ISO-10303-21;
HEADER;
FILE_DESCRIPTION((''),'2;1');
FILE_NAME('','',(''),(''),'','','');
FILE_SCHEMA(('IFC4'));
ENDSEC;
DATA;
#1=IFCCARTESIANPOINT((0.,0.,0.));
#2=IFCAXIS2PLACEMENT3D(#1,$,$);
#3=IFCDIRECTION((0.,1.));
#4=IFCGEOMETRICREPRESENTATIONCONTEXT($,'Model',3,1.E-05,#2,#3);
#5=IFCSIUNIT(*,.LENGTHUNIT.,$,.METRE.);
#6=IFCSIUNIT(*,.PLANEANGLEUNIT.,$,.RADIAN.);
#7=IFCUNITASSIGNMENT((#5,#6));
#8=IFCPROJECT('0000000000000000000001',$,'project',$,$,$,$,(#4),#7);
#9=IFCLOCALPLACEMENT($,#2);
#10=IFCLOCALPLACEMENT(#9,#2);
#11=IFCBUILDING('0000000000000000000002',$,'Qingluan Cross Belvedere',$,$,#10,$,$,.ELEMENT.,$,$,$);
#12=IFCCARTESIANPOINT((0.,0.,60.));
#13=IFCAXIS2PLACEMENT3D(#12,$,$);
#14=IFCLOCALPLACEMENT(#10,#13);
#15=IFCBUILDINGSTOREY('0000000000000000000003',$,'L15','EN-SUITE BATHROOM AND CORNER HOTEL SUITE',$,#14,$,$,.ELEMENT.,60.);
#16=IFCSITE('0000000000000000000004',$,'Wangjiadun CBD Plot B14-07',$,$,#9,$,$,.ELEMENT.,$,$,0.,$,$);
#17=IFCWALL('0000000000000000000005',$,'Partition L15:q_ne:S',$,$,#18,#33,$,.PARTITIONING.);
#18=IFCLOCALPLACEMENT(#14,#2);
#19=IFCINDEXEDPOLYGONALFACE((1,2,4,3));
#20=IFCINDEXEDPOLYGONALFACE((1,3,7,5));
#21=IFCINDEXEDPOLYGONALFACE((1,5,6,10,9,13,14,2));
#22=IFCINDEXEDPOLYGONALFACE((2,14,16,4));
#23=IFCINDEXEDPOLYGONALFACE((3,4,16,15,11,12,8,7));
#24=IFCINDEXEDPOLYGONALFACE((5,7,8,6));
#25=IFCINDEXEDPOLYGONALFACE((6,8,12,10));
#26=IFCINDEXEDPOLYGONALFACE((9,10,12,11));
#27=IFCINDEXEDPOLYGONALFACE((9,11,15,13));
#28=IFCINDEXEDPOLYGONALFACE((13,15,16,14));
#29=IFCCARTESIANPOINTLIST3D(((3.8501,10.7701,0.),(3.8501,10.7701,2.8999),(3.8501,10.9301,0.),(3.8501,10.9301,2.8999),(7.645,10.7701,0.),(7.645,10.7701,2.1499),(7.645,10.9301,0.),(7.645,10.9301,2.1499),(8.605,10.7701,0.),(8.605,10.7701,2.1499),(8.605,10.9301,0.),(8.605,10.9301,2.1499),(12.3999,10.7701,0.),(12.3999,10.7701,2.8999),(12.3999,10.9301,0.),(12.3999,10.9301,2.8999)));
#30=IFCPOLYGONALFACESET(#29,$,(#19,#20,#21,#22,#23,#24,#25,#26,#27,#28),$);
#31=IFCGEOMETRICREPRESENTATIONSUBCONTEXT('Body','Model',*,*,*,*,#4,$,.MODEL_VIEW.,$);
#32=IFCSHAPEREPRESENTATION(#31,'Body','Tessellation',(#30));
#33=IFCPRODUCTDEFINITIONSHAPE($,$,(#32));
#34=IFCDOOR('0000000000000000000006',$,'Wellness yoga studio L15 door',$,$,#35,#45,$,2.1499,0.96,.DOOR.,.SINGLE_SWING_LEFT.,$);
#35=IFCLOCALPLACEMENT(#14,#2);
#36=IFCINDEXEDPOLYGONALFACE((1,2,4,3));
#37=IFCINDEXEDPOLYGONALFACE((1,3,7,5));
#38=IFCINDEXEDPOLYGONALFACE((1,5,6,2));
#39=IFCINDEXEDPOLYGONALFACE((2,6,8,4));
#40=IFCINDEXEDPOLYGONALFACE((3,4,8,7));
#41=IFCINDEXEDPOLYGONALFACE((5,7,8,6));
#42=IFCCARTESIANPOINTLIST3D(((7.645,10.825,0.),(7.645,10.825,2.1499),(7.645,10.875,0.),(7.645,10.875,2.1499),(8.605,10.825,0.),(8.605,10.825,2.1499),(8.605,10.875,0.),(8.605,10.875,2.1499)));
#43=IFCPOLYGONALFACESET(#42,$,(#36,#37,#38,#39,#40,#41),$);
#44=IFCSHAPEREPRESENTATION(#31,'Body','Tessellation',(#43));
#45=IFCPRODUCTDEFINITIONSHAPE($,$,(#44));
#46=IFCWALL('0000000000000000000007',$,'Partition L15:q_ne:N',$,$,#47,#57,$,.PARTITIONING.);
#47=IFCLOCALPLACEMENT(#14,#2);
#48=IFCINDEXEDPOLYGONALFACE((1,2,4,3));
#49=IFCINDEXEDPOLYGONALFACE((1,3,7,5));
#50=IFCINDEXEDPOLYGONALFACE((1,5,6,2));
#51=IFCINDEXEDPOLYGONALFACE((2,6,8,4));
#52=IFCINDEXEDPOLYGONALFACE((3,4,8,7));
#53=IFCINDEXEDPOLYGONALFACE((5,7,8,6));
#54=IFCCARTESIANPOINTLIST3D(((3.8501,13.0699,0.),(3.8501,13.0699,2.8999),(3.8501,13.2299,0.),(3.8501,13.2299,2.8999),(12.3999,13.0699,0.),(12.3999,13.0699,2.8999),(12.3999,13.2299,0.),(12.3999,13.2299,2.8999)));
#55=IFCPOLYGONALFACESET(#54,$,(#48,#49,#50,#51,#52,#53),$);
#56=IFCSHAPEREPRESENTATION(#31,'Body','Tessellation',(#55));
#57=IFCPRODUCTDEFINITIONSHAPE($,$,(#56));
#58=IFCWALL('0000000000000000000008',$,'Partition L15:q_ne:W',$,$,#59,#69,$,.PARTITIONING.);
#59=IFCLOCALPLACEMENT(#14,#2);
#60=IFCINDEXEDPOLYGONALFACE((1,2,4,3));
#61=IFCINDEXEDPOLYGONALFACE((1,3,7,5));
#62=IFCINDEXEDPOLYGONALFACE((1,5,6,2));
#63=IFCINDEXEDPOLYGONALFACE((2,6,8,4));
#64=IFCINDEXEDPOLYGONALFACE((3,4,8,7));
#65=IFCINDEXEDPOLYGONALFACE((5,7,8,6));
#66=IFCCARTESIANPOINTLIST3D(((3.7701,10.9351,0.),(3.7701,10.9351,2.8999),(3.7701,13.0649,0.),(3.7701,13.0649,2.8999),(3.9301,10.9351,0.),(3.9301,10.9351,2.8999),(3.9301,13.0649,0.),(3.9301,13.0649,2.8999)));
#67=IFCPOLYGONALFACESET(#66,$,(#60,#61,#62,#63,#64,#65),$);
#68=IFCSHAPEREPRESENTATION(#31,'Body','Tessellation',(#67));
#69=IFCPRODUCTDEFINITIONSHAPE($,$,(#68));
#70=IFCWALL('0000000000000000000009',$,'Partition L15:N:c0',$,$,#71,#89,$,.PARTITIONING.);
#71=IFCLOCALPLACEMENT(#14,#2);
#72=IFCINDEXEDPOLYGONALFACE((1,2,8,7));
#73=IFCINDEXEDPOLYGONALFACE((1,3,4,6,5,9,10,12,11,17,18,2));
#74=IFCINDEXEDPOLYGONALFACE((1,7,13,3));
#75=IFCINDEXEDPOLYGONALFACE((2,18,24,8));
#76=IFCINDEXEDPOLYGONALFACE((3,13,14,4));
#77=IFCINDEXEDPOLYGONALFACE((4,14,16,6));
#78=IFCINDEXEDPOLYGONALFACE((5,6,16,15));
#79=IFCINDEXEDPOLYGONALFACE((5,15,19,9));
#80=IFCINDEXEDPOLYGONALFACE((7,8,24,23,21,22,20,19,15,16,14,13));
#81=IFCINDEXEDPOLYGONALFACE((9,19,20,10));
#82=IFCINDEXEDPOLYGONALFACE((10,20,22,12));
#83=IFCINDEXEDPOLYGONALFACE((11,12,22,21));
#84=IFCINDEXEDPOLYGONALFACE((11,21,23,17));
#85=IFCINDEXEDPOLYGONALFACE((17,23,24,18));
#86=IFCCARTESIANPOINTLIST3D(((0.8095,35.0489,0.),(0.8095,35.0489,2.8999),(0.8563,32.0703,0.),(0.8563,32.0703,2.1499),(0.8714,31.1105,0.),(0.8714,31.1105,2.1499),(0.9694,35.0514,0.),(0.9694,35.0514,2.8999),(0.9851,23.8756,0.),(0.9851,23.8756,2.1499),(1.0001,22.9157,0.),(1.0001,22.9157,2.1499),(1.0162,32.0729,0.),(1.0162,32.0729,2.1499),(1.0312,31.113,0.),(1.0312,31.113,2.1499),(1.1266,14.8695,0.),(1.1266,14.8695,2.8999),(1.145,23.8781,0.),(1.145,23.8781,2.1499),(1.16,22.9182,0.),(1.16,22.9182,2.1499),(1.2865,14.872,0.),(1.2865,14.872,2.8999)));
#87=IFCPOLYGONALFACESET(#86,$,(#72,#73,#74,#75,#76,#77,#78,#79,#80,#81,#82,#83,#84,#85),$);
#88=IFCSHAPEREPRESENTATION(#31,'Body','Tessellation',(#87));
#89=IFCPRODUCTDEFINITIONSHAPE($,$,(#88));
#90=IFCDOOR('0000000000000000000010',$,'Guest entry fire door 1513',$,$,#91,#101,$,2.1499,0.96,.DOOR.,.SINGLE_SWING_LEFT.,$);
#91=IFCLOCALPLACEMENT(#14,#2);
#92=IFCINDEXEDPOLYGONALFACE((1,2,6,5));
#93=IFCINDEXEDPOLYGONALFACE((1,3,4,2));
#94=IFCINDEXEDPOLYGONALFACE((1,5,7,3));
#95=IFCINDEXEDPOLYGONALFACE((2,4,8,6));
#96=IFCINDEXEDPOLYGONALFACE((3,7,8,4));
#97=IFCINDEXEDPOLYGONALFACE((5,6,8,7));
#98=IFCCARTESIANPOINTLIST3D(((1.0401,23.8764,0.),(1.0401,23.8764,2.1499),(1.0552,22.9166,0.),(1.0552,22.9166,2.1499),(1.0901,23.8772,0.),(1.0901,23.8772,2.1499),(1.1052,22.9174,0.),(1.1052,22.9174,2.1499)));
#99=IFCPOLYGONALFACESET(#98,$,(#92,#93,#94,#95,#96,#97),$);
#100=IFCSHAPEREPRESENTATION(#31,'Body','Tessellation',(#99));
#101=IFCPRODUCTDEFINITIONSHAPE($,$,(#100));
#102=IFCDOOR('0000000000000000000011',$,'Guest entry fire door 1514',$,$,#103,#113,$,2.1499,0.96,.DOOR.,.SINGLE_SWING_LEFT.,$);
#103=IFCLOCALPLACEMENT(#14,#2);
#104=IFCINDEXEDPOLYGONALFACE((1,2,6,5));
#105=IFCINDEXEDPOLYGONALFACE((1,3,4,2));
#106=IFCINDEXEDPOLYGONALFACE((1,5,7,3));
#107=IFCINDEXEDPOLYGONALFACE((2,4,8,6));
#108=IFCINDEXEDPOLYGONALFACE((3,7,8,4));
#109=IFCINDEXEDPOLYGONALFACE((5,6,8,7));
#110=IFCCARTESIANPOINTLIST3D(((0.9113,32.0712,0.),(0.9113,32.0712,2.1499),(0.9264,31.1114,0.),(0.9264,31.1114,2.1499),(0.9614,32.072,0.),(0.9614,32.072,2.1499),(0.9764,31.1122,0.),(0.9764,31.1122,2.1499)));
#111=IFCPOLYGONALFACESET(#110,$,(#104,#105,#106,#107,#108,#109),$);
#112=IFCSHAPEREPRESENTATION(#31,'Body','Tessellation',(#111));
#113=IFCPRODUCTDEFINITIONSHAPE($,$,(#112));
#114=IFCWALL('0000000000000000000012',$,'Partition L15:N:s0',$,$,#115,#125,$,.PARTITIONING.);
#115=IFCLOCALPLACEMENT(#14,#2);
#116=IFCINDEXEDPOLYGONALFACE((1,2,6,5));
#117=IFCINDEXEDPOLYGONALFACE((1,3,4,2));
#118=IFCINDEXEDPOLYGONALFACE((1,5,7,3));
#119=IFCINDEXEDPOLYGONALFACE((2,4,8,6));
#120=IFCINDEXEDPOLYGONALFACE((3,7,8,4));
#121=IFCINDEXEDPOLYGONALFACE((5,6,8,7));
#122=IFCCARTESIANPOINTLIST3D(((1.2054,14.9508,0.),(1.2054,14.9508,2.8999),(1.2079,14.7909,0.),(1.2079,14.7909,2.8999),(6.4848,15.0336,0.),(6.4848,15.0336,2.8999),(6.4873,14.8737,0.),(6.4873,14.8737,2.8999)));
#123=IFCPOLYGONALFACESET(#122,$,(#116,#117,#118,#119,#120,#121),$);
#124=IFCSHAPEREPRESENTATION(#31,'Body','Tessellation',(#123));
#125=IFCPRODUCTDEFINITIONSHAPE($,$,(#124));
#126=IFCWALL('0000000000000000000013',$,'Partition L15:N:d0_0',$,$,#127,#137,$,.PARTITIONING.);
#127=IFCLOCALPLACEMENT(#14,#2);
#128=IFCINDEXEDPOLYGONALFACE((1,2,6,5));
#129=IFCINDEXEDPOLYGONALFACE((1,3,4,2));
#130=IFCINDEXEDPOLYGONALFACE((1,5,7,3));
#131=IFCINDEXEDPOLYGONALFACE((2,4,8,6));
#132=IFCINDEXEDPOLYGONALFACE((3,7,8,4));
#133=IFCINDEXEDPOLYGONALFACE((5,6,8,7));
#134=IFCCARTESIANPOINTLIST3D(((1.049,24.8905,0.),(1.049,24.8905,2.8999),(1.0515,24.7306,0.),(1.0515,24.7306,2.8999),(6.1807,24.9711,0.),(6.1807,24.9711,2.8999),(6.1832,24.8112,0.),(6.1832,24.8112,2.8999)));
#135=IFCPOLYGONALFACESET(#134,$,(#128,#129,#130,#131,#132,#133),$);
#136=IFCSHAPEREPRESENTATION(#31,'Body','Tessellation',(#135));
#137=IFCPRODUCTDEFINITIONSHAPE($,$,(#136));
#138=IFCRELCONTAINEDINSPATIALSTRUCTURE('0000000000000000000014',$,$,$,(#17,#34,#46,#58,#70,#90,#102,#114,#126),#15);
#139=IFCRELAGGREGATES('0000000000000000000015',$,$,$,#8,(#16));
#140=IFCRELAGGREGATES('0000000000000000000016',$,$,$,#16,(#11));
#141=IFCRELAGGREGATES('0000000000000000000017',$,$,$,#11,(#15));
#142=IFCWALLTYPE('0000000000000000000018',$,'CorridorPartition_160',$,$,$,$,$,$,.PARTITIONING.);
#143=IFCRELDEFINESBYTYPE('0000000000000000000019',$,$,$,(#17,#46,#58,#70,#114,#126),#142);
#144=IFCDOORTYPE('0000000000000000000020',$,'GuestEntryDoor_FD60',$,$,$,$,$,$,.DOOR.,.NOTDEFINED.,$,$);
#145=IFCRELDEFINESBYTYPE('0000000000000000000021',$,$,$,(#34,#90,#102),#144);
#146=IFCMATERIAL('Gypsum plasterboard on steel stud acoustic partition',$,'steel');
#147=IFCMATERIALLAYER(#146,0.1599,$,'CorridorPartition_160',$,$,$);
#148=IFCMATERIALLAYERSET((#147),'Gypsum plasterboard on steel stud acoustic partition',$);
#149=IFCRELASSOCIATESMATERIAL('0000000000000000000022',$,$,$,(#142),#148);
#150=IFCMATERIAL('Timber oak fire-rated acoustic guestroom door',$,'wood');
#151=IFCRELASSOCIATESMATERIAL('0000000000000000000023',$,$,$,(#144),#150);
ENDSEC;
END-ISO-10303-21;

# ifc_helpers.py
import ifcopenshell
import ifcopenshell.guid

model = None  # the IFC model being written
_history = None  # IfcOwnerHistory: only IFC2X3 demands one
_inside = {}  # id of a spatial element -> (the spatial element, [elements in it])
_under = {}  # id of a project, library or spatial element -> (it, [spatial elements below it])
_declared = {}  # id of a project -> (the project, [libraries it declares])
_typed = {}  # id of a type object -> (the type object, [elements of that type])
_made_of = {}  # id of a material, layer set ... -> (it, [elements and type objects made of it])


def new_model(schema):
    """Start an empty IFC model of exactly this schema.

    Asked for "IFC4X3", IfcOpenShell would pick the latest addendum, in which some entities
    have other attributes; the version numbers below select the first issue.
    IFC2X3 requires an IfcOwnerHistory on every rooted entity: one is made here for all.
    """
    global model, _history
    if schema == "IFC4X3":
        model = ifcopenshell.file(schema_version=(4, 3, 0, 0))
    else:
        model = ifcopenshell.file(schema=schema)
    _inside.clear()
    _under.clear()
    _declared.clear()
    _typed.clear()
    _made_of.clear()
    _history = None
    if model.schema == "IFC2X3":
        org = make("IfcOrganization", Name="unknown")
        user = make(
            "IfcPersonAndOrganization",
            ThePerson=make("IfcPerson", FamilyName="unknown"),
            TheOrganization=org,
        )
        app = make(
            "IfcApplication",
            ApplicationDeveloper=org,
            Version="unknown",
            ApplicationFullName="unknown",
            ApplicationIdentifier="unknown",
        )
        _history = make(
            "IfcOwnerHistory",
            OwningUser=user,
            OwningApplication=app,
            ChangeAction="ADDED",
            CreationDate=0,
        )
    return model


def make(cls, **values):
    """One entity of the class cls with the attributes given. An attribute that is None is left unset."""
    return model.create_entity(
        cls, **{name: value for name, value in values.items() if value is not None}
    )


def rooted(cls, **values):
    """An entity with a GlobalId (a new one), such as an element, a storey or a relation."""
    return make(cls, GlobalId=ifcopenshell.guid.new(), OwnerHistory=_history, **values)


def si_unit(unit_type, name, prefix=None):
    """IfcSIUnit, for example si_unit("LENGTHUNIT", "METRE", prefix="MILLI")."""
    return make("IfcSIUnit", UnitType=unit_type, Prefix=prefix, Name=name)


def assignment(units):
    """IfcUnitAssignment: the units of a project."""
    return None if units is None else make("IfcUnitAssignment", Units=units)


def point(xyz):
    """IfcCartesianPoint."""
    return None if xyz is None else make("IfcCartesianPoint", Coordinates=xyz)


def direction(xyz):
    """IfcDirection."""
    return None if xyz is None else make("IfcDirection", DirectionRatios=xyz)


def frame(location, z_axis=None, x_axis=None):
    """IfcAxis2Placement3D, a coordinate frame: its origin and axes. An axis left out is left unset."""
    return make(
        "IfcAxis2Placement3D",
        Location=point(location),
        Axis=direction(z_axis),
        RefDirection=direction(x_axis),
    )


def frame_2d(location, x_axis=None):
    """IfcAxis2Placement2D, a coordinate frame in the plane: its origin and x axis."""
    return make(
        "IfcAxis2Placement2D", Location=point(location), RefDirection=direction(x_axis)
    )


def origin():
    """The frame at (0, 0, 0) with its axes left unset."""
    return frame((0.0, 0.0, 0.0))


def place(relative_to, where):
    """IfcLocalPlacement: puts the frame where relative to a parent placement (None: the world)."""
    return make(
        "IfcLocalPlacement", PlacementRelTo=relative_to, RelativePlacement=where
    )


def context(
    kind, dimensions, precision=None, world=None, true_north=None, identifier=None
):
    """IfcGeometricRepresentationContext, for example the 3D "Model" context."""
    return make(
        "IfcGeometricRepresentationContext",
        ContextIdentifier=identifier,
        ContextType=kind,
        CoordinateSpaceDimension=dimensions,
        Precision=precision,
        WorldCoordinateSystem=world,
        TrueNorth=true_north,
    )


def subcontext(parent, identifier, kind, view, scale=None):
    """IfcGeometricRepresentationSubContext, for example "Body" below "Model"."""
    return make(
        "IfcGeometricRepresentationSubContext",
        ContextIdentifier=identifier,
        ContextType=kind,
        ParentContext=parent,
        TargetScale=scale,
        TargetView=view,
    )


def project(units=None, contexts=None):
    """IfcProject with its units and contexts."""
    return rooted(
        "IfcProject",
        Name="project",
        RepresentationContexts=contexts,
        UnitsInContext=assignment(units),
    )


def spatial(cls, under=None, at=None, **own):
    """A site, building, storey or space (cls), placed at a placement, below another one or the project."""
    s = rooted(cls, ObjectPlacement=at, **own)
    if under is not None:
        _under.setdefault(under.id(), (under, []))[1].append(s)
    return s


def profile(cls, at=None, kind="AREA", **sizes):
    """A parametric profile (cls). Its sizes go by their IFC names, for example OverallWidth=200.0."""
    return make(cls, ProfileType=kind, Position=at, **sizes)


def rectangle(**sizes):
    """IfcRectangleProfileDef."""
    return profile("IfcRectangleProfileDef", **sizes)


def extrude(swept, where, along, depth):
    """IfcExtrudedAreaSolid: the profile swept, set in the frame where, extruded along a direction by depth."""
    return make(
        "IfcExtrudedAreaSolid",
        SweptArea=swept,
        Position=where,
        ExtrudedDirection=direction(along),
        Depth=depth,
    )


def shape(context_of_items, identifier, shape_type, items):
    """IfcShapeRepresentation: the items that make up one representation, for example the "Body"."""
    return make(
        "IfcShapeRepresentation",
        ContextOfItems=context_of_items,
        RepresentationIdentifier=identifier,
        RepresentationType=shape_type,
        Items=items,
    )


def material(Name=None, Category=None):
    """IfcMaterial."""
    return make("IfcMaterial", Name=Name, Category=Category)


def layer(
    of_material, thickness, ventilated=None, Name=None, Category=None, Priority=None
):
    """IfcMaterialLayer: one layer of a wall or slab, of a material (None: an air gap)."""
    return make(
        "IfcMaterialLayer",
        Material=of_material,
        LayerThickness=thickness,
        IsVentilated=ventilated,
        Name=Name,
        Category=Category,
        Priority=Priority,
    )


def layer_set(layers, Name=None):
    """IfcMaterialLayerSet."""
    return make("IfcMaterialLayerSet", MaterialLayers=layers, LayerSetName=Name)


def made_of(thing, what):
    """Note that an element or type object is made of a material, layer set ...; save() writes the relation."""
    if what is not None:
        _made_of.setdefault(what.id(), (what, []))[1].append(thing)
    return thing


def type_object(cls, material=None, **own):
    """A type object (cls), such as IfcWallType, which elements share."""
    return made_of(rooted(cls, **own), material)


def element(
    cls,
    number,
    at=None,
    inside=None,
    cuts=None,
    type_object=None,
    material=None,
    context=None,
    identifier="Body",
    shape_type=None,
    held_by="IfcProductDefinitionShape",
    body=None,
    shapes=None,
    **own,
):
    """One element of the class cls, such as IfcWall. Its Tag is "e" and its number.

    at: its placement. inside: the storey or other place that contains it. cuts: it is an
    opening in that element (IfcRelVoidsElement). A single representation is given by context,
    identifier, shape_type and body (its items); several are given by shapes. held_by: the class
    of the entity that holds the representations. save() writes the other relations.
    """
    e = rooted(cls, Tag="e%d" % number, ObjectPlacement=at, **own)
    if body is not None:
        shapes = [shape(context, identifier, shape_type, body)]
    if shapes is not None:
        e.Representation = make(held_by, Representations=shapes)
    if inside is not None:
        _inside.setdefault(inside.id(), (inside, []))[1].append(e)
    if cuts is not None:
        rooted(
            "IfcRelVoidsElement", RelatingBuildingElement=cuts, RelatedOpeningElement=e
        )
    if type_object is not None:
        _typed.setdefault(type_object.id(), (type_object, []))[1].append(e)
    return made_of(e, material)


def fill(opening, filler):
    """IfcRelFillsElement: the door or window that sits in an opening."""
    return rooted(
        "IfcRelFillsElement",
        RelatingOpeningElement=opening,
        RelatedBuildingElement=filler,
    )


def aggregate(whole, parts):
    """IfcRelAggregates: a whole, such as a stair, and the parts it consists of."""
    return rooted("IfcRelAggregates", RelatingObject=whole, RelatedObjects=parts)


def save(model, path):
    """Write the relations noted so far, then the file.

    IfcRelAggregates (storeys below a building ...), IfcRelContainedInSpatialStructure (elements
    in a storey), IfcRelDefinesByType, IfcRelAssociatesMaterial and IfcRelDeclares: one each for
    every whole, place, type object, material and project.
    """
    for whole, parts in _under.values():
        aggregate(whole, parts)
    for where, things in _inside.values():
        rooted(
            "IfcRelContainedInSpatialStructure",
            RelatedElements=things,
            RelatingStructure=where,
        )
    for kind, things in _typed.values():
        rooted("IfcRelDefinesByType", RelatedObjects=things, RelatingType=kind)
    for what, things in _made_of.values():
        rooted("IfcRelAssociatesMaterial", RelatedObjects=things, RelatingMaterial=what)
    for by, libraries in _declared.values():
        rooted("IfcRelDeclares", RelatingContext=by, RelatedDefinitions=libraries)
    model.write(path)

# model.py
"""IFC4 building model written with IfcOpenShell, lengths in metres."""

from ifc_helpers import new_model, si_unit, direction, frame, frame_2d, origin, place, context, subcontext, project, spatial, rectangle, extrude, material, layer, layer_set, type_object, element, fill, save


model = new_model("IFC4")

# Units and contexts
model_context = context("Model", 3, precision=1e-05, world=origin(), true_north=direction((0.0, 1.0)))
body_context = subcontext(model_context, "Body", "Model", "MODEL_VIEW")
ifc_project = project(units=[si_unit("LENGTHUNIT", "METRE"), si_unit("PLANEANGLEUNIT", "RADIAN")], contexts=[model_context])

# Site, building, storey
site_placement = place(None, origin())
site = spatial("IfcSite", under=ifc_project, at=site_placement, Name="Wangjiadun CBD Plot B14-07", CompositionType="ELEMENT", RefElevation=0.0)
building_placement = place(site_placement, origin())
building = spatial("IfcBuilding", under=site, at=building_placement, Name="Qingluan Cross Belvedere", CompositionType="ELEMENT")
storey_placement = place(building_placement, frame((0.0, 0.0, 60.0)))
storey = spatial("IfcBuildingStorey", under=building, at=storey_placement, Name="L15", Description="EN-SUITE BATHROOM AND CORNER HOTEL SUITE", CompositionType="ELEMENT", Elevation=60.0)

# Wall, opening, door
ifc_material_1 = material(Name="Gypsum plasterboard on steel stud acoustic partition", Category="steel")
ifc_layer_1 = layer(ifc_material_1, 0.1599, Name="CorridorPartition_160")
ifc_layer_set_1 = layer_set([ifc_layer_1], Name="Gypsum plasterboard on steel stud acoustic partition")
wall_type_1 = type_object("IfcWallType", Name="CorridorPartition_160", PredefinedType="PARTITIONING", material=ifc_layer_set_1)
wall_1_placement = place(storey_placement, frame((3.8501, 10.8501, 0.0), z_axis=(0.0, 0.0, 1.0), x_axis=(1.0, 0.0, 0.0)))
wall_1 = element("IfcWall", 1, at=wall_1_placement, inside=storey, type_object=wall_type_1, Name="Partition L15:q_ne:S", PredefinedType="PARTITIONING", context=body_context, shape_type="SweptSolid", body=[
    extrude(rectangle(XDim=8.5498, YDim=0.1599, at=frame_2d((4.2749, 0.0))), origin(), (0.0, 0.0, 1.0), 2.8999),
])
opening_1_placement = place(wall_1_placement, frame((3.7949, 0.0, 0.0)))
opening_1 = element("IfcOpeningElement", 2, at=opening_1_placement, cuts=wall_1, PredefinedType="OPENING", context=body_context, shape_type="SweptSolid", body=[
    extrude(rectangle(XDim=0.96, YDim=2.1499, at=frame_2d((0.48, 1.075))), frame((0.0, 0.0898, 0.0), z_axis=(0.0, -1.0, 0.0), x_axis=(1.0, 0.0, 0.0)), (0.0, 0.0, 1.0), 0.1799),
])
ifc_material_2 = material(Name="Timber oak fire-rated acoustic guestroom door", Category="wood")
door_type_1 = type_object("IfcDoorType", Name="GuestEntryDoor_FD60", OperationType="NOTDEFINED", PredefinedType="DOOR", material=ifc_material_2)
door_1_placement = place(opening_1_placement, origin())
door_1 = element("IfcDoor", 3, at=door_1_placement, inside=storey, type_object=door_type_1, Name="Wellness yoga studio L15 door", OperationType="SINGLE_SWING_LEFT", OverallHeight=2.1499, OverallWidth=0.96, PredefinedType="DOOR", context=body_context, shape_type="SweptSolid", body=[
    extrude(rectangle(XDim=0.96, YDim=2.1499, at=frame_2d((0.48, 1.075))), frame((0.0, 0.0249, 0.0), z_axis=(0.0, -1.0, 0.0), x_axis=(1.0, 0.0, 0.0)), (0.0, 0.0, 1.0), 0.05),
])
fill(opening_1, door_1)

# Walls
wall_2_placement = place(storey_placement, frame((3.8501, 13.1499, 0.0), z_axis=(0.0, 0.0, 1.0), x_axis=(1.0, 0.0, 0.0)))
element("IfcWall", 4, at=wall_2_placement, inside=storey, type_object=wall_type_1, Name="Partition L15:q_ne:N", PredefinedType="PARTITIONING", context=body_context, shape_type="SweptSolid", body=[
    extrude(rectangle(XDim=8.5498, YDim=0.1599, at=frame_2d((4.2749, 0.0))), origin(), (0.0, 0.0, 1.0), 2.8999),
])
wall_3_placement = place(storey_placement, frame((3.8501, 10.9351, 0.0), z_axis=(0.0, 0.0, 1.0), x_axis=(0.0, 1.0, 0.0)))
element("IfcWall", 5, at=wall_3_placement, inside=storey, type_object=wall_type_1, Name="Partition L15:q_ne:W", PredefinedType="PARTITIONING", context=body_context, shape_type="SweptSolid", body=[
    extrude(rectangle(XDim=2.1299, YDim=0.1599, at=frame_2d((1.0649, 0.0))), origin(), (0.0, 0.0, 1.0), 2.8999),
])

# Wall, openings, doors
wall_4_placement = place(storey_placement, frame((1.2065, 14.8708, 0.0), z_axis=(0.0, 0.0, 1.0), x_axis=(-0.015714, 0.999877, 0.0)))
wall_4 = element("IfcWall", 6, at=wall_4_placement, inside=storey, type_object=wall_type_1, Name="Partition L15:N:c0", PredefinedType="PARTITIONING", context=body_context, shape_type="SweptSolid", body=[
    extrude(rectangle(XDim=20.1819, YDim=0.1599, at=frame_2d((10.0908, 0.0))), origin(), (0.0, 0.0, 1.0), 2.8999),
])
opening_2_placement = place(wall_4_placement, frame((8.0471, 0.0, 0.0)))
opening_2 = element("IfcOpeningElement", 7, at=opening_2_placement, cuts=wall_4, PredefinedType="OPENING", context=body_context, shape_type="SweptSolid", body=[
    extrude(rectangle(XDim=0.96, YDim=2.1499, at=frame_2d((0.48, 1.075))), frame((0.0, 0.0898, 0.0), z_axis=(0.0, -1.0, 0.0), x_axis=(1.0, 0.0, 0.0)), (0.0, 0.0, 1.0), 0.1799),
])
opening_3_placement = place(wall_4_placement, frame((16.2429, 0.0, 0.0)))
opening_3 = element("IfcOpeningElement", 8, at=opening_3_placement, cuts=wall_4, PredefinedType="OPENING", context=body_context, shape_type="SweptSolid", body=[
    extrude(rectangle(XDim=0.96, YDim=2.1499, at=frame_2d((0.48, 1.075))), frame((0.0, 0.0898, 0.0), z_axis=(0.0, -1.0, 0.0), x_axis=(1.0, 0.0, 0.0)), (0.0, 0.0, 1.0), 0.1799),
])
door_2_placement = place(opening_2_placement, origin())
door_2 = element("IfcDoor", 9, at=door_2_placement, inside=storey, type_object=door_type_1, Name="Guest entry fire door 1513", OperationType="SINGLE_SWING_LEFT", OverallHeight=2.1499, OverallWidth=0.96, PredefinedType="DOOR", context=body_context, shape_type="SweptSolid", body=[
    extrude(rectangle(XDim=0.96, YDim=2.1499, at=frame_2d((0.48, 1.075))), frame((0.0, 0.0249, 0.0), z_axis=(0.0, -1.0, 0.0), x_axis=(1.0, 0.0, 0.0)), (0.0, 0.0, 1.0), 0.05),
])
fill(opening_2, door_2)
door_3_placement = place(opening_3_placement, origin())
door_3 = element("IfcDoor", 10, at=door_3_placement, inside=storey, type_object=door_type_1, Name="Guest entry fire door 1514", OperationType="SINGLE_SWING_LEFT", OverallHeight=2.1499, OverallWidth=0.96, PredefinedType="DOOR", context=body_context, shape_type="SweptSolid", body=[
    extrude(rectangle(XDim=0.96, YDim=2.1499, at=frame_2d((0.48, 1.075))), frame((0.0, 0.0249, 0.0), z_axis=(0.0, -1.0, 0.0), x_axis=(1.0, 0.0, 0.0)), (0.0, 0.0, 1.0), 0.05),
])
fill(opening_3, door_3)

# Walls
wall_5_placement = place(storey_placement, frame((1.2065, 14.8708, 0.0), z_axis=(0.0, 0.0, 1.0), x_axis=(0.999877, 0.015675, 0.0)))
element("IfcWall", 11, at=wall_5_placement, inside=storey, type_object=wall_type_1, Name="Partition L15:N:s0", PredefinedType="PARTITIONING", context=body_context, shape_type="SweptSolid", body=[
    extrude(rectangle(XDim=5.28, YDim=0.1599, at=frame_2d((2.6401, 0.0))), origin(), (0.0, 0.0, 1.0), 2.8999),
])
wall_6_placement = place(storey_placement, frame((1.0503, 24.8105, 0.0), z_axis=(0.0, 0.0, 1.0), x_axis=(0.999877, 0.015698, 0.0)))
element("IfcWall", 12, at=wall_6_placement, inside=storey, type_object=wall_type_1, Name="Partition L15:N:d0_0", PredefinedType="PARTITIONING", context=body_context, shape_type="SweptSolid", body=[
    extrude(rectangle(XDim=5.1323, YDim=0.1599, at=frame_2d((2.5662, 0.0))), origin(), (0.0, 0.0, 1.0), 2.8999),
])

save(model, "model.ifc")
